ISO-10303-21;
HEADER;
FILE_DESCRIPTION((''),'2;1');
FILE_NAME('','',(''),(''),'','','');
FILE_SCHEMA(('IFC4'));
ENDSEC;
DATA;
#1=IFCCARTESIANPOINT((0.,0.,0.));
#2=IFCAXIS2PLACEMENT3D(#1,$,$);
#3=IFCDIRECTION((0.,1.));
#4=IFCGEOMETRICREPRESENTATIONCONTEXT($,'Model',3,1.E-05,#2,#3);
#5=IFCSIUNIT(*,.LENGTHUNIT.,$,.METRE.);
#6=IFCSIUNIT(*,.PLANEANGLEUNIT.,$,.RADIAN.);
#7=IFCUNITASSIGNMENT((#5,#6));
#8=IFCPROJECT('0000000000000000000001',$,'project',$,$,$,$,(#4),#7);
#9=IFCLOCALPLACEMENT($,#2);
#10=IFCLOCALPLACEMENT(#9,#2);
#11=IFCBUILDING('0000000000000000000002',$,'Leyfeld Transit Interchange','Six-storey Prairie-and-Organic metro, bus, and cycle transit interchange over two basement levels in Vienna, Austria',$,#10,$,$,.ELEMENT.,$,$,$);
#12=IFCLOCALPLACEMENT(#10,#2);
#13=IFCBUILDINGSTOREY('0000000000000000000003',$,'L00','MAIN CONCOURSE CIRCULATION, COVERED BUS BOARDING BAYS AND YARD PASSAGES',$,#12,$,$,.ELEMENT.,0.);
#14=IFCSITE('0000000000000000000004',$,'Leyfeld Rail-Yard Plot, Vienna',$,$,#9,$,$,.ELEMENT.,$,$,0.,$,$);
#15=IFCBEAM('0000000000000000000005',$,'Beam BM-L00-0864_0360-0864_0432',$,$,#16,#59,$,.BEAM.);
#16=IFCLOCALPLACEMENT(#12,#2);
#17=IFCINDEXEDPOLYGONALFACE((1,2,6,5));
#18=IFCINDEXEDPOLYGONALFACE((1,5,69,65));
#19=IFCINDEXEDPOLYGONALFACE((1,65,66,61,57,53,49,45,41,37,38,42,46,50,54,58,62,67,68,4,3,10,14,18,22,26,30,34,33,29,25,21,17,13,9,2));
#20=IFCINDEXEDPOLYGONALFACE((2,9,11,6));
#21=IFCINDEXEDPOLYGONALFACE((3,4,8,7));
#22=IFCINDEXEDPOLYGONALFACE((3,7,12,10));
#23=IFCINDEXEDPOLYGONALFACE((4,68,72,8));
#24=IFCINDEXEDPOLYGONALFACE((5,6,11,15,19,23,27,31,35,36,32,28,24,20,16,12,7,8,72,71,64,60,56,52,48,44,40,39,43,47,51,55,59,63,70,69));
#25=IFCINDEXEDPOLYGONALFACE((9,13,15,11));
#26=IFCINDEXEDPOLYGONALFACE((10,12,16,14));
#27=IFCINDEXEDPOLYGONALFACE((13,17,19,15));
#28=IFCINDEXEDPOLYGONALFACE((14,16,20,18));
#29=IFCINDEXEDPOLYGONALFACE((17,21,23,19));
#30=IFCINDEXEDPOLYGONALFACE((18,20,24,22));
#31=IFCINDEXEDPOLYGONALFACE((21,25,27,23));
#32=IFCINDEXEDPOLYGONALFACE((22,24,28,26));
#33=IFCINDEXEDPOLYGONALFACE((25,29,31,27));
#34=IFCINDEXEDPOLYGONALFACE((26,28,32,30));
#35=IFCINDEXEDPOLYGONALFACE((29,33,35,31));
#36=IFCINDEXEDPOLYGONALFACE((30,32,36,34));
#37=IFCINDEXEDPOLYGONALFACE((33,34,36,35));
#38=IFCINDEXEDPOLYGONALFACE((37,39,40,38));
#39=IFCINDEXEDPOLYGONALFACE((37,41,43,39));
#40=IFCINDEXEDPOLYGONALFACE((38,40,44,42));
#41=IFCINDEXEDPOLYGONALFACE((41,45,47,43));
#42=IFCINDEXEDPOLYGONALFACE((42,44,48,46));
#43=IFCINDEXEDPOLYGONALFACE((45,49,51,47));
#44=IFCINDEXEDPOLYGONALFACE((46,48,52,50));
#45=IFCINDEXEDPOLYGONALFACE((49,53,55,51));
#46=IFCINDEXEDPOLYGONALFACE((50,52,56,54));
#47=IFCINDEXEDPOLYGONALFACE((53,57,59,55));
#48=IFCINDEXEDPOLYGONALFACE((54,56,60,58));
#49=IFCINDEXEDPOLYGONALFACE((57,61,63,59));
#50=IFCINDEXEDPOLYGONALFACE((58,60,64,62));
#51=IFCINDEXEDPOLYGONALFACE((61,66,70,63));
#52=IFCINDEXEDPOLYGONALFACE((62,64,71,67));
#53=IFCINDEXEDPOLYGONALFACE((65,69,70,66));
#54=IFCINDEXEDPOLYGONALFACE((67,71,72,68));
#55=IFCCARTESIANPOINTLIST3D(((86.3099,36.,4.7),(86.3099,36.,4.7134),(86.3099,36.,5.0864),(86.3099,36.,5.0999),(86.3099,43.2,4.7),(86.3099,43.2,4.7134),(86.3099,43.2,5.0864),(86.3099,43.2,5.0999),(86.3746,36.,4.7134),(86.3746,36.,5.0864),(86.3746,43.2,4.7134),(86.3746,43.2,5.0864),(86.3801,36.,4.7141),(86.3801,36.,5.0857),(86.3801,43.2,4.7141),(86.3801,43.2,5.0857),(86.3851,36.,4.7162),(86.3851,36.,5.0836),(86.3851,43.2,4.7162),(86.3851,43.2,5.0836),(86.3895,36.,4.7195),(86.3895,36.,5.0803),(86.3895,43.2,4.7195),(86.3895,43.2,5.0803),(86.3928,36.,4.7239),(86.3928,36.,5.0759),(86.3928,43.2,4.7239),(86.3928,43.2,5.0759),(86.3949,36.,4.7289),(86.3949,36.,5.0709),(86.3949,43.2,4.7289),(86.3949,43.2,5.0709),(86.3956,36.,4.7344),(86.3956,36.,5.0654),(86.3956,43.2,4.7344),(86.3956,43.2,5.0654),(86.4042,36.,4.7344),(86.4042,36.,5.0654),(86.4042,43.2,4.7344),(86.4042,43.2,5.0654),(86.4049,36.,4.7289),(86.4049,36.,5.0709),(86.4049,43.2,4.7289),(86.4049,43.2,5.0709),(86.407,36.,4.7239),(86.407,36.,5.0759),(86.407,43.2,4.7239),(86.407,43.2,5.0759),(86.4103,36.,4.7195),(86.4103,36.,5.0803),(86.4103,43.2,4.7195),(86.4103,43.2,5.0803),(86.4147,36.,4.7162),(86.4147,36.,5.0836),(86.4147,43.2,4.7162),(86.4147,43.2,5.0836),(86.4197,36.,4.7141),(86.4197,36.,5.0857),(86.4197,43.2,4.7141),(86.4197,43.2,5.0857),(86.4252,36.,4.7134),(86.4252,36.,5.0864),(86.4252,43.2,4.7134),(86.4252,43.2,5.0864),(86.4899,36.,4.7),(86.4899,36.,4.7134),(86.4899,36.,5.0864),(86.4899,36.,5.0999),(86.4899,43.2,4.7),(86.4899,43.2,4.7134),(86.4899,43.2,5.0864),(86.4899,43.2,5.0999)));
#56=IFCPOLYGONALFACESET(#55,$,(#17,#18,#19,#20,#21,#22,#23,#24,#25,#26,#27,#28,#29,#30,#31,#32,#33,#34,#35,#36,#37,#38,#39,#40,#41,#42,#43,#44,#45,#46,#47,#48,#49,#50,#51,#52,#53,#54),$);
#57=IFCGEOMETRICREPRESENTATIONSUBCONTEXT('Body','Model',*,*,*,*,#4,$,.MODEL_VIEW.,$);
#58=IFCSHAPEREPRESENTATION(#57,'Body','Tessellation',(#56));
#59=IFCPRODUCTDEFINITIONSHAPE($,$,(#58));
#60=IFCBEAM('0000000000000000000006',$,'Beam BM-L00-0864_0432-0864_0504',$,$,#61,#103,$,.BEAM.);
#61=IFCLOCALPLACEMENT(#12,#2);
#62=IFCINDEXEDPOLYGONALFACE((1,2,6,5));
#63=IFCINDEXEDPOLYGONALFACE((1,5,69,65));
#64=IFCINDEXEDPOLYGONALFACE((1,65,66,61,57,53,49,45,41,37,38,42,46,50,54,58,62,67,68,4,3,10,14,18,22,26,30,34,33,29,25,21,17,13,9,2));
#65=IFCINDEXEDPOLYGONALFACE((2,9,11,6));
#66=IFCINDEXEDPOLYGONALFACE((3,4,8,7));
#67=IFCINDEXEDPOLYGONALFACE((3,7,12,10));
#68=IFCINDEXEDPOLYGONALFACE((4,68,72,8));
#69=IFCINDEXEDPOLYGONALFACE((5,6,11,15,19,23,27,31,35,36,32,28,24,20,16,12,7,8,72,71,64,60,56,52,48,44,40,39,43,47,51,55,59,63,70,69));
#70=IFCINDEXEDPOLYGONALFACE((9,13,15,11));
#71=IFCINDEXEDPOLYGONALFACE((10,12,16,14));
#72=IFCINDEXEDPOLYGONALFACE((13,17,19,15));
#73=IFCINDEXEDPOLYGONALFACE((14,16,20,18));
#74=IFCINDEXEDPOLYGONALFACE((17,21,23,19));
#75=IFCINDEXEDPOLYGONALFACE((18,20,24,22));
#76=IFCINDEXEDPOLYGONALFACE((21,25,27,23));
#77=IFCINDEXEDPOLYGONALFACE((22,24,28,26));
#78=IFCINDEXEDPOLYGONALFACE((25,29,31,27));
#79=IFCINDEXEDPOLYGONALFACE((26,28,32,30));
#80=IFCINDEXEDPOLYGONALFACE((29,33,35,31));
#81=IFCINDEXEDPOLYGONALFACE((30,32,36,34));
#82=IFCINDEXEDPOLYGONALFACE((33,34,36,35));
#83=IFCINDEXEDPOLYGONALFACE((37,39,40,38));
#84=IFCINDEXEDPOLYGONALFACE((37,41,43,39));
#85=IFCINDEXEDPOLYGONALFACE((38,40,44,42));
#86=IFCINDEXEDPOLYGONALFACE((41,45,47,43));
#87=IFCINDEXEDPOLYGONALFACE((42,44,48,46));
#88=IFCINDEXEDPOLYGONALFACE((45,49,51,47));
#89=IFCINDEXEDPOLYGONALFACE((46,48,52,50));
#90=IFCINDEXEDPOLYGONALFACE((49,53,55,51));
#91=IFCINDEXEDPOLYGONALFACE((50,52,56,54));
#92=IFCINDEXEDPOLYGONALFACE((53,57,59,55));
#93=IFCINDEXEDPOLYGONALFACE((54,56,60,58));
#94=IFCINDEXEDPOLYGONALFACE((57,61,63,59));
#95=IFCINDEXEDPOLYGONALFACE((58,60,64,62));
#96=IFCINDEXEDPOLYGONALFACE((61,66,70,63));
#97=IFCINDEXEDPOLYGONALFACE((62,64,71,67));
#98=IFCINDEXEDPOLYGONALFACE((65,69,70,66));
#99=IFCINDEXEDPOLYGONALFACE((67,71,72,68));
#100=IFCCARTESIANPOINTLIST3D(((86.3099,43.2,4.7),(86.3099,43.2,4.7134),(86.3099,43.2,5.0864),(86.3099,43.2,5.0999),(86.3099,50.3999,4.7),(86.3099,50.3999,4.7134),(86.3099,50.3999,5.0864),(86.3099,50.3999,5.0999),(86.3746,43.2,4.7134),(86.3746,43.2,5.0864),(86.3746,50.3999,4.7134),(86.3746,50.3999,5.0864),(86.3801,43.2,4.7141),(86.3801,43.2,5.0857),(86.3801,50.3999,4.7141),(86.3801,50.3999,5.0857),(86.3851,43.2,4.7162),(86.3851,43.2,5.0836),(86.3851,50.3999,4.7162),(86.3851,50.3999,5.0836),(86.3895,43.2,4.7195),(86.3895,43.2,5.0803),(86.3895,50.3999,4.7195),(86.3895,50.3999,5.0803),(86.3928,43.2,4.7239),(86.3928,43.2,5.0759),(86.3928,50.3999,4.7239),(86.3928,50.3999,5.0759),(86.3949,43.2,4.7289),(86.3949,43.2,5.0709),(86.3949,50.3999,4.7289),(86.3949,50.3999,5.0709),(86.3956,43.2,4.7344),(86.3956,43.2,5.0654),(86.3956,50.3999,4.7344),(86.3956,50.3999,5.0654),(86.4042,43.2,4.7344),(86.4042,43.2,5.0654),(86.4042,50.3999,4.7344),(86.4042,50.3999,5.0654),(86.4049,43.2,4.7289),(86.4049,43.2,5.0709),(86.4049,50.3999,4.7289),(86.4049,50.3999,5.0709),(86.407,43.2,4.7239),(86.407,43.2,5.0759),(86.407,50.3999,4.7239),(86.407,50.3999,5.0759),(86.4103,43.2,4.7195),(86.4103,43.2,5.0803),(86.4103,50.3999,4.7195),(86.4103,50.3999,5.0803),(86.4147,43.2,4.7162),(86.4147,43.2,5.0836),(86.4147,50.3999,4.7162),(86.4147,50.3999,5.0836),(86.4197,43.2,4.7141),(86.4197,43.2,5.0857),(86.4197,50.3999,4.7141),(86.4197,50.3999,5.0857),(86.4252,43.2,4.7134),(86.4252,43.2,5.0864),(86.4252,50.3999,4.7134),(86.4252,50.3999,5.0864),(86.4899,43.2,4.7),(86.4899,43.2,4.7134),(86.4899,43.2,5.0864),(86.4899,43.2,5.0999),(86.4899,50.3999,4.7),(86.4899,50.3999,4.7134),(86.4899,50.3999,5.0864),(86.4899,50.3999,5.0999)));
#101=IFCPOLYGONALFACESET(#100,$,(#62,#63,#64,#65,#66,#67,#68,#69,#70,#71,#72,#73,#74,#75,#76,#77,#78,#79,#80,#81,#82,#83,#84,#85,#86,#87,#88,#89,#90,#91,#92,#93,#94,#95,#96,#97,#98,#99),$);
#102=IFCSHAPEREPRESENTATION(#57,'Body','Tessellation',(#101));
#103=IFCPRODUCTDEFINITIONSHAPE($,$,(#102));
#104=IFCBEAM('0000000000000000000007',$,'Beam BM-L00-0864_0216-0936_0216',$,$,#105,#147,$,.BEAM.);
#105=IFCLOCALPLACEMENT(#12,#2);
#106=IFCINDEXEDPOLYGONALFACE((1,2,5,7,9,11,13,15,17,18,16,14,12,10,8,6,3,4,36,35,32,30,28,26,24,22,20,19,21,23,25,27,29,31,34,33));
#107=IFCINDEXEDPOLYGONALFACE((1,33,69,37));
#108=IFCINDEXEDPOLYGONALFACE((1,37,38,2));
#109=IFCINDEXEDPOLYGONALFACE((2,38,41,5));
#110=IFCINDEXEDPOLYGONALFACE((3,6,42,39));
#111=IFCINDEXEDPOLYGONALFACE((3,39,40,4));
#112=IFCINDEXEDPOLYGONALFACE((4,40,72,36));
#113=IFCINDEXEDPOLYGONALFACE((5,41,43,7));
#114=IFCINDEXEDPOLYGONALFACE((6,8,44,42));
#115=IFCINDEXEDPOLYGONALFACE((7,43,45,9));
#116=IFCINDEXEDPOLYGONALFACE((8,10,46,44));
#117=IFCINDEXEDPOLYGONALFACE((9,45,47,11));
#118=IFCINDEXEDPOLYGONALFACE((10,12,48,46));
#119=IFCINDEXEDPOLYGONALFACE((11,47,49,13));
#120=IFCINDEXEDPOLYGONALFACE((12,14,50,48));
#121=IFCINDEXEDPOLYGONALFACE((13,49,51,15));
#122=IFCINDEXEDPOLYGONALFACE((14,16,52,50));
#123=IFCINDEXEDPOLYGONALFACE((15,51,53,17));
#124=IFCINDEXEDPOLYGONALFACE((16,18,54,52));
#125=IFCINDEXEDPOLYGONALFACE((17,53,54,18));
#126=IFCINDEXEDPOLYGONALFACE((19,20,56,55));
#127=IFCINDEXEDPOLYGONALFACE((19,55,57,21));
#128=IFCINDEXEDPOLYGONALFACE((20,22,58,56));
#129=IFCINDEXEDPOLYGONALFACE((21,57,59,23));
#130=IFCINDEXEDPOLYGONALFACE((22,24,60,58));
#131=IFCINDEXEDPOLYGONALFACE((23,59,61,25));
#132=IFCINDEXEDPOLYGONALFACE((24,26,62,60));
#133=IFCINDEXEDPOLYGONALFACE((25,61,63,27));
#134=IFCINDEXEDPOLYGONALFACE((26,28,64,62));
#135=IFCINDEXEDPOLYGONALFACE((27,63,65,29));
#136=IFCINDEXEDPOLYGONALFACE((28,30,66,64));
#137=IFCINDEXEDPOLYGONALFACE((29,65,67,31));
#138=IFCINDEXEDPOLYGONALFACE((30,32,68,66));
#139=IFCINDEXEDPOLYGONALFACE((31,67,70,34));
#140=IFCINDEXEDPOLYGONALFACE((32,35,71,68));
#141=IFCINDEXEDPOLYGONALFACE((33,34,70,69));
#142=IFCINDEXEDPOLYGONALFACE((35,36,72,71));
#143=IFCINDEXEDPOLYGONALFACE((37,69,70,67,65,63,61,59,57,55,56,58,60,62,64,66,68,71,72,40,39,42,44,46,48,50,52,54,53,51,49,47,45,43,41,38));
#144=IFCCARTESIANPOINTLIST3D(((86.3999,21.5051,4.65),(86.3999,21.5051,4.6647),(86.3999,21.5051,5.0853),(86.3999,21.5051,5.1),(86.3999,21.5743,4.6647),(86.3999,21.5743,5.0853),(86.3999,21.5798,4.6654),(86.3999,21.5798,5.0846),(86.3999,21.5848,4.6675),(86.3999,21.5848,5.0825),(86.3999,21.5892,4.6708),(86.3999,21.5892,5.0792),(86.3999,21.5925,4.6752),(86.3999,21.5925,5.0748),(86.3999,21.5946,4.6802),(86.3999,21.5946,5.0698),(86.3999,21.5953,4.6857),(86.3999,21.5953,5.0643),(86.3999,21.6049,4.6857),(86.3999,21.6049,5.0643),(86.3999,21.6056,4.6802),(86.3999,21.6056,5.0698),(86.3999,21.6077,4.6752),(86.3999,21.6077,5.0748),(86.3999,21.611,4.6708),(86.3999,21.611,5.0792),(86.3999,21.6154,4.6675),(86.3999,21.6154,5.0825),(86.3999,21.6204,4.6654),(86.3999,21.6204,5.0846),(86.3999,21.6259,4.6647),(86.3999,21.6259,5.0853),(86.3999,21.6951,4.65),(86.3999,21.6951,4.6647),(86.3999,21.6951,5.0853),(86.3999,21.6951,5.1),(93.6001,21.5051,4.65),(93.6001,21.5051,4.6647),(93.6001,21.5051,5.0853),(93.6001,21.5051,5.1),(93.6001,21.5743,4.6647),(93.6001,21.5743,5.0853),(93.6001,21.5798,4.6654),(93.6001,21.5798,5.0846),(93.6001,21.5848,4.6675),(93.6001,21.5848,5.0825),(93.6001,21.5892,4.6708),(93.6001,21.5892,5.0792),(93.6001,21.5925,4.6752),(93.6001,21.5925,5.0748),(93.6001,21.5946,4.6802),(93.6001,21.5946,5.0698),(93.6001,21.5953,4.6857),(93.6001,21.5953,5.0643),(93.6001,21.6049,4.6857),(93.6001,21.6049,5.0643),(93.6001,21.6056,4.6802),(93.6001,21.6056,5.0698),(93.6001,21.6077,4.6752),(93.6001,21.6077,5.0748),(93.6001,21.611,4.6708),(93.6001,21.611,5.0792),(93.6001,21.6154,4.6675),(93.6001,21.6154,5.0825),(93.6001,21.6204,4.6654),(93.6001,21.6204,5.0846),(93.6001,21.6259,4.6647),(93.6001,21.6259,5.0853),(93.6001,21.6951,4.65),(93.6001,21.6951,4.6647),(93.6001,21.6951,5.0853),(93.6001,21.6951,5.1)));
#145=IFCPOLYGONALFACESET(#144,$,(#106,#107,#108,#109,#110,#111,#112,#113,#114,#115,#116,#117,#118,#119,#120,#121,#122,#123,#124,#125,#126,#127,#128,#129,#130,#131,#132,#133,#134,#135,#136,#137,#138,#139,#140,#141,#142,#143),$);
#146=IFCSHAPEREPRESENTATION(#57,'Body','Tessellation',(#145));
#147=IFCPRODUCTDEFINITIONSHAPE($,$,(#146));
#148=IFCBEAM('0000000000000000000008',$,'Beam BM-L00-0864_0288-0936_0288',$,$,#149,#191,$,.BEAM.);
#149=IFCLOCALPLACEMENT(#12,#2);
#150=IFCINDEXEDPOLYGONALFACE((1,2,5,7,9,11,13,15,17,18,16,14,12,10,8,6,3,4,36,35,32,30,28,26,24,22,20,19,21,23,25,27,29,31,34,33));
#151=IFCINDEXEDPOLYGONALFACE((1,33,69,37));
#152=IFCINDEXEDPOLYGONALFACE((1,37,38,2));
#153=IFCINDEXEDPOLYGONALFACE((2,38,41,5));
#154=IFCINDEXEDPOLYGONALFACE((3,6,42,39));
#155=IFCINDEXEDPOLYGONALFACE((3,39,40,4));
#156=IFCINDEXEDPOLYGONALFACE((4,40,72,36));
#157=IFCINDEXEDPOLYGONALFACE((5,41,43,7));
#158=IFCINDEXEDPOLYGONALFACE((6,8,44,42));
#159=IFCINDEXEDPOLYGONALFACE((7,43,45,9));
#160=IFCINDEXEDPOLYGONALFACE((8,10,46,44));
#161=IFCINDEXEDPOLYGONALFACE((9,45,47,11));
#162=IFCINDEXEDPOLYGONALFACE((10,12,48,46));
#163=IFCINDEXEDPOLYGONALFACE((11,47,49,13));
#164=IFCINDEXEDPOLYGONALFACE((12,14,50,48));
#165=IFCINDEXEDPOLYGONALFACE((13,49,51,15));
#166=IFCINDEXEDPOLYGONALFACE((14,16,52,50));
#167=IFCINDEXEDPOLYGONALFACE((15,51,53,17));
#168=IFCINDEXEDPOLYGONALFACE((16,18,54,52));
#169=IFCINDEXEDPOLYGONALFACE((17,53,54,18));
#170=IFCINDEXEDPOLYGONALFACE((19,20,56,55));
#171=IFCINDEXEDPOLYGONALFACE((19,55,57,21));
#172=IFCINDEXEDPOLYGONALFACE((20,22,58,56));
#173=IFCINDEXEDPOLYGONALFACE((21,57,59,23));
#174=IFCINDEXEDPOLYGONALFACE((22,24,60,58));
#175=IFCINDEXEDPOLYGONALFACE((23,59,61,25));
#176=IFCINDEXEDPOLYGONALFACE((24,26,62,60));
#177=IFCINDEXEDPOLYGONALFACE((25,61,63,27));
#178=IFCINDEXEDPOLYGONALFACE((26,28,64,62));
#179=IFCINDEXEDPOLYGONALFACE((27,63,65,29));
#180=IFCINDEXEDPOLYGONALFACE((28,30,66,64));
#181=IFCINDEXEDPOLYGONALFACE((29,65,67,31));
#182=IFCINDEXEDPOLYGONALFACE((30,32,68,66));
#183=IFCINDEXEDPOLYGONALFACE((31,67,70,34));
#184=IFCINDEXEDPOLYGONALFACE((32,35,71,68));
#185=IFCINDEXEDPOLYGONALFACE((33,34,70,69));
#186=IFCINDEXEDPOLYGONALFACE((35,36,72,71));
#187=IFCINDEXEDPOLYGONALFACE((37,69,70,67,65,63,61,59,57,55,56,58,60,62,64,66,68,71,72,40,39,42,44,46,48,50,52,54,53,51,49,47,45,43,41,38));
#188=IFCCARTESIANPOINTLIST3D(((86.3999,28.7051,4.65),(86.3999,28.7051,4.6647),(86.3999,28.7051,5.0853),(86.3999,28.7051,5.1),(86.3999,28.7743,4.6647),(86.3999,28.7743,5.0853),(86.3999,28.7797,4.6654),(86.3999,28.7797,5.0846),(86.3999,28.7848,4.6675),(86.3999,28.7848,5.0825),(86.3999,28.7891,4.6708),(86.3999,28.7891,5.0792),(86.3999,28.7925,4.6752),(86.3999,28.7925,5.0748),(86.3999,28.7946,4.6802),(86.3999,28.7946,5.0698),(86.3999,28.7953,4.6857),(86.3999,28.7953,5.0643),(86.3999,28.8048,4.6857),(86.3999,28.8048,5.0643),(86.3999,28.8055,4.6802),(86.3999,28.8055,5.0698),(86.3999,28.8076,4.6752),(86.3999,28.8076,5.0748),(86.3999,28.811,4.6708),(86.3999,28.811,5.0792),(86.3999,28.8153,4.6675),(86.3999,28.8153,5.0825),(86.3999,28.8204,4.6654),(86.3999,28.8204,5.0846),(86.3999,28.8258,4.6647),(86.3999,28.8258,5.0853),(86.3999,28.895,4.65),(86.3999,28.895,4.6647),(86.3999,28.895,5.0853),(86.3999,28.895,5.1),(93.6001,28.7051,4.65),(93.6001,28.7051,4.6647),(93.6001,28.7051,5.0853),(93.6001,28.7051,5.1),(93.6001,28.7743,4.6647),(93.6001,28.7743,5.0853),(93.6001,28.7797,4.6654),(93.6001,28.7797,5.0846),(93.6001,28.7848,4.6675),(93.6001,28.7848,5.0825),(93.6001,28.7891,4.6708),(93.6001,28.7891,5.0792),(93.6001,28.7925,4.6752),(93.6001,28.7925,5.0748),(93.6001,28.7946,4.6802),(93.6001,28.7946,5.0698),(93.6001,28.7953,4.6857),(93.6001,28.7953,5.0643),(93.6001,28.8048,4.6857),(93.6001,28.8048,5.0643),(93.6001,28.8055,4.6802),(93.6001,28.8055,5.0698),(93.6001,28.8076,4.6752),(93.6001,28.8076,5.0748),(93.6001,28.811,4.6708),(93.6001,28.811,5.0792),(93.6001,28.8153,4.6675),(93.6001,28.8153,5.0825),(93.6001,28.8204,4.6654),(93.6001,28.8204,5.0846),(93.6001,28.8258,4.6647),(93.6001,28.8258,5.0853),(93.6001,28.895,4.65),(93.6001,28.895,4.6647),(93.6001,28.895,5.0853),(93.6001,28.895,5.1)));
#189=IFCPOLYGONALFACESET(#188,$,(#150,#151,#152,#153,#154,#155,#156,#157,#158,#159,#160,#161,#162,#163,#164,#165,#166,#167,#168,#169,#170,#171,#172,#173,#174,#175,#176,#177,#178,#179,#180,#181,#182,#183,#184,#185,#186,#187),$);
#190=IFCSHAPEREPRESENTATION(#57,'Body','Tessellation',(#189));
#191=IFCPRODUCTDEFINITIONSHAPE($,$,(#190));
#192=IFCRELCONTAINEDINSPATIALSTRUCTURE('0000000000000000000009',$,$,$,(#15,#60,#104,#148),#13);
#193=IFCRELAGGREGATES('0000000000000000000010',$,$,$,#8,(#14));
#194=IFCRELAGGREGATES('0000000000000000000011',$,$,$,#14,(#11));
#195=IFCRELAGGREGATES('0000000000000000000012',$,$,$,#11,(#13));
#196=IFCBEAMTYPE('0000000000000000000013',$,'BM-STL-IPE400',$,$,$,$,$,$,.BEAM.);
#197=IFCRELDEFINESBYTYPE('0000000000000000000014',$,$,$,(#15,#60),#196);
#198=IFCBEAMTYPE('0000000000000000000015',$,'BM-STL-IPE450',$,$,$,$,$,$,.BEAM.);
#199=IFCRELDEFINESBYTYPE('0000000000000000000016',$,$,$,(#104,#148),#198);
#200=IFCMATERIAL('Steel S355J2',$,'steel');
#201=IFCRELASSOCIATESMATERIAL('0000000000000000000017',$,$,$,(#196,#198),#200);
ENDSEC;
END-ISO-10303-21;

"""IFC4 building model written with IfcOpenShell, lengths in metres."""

from ifc_helpers import new_model, si_unit, direction, frame, origin, origin_2d, place, context, subcontext, project, spatial, i_section, extrude, material, material_profile, profile_set, type_object, element, save


model = new_model("IFC4")

# Units and contexts
model_context = context("Model", 3, precision=1e-05, world=origin(), true_north=direction((0.0, 1.0)))
body_context = subcontext(model_context, "Body", "Model", "MODEL_VIEW")
ifc_project = project(units=[si_unit("LENGTHUNIT", "METRE"), si_unit("PLANEANGLEUNIT", "RADIAN")], contexts=[model_context])

# Site, building, storey
site_placement = place(None, origin())
site = spatial("IfcSite", under=ifc_project, at=site_placement, Name="Leyfeld Rail-Yard Plot, Vienna", CompositionType="ELEMENT", RefElevation=0.0)
building_placement = place(site_placement, origin())
building = spatial("IfcBuilding", under=site, at=building_placement, Name="Leyfeld Transit Interchange", Description="Six-storey Prairie-and-Organic metro, bus, and cycle transit interchange over two basement levels in Vienna, Austria", CompositionType="ELEMENT")
storey_placement = place(building_placement, origin())
storey = spatial("IfcBuildingStorey", under=building, at=storey_placement, Name="L00", Description="MAIN CONCOURSE CIRCULATION, COVERED BUS BOARDING BAYS AND YARD PASSAGES", CompositionType="ELEMENT", Elevation=0.0)

# Shared definitions
ifc_material_1 = material(Name="Steel S355J2", Category="steel")

# Beams
ifc_material_profile_1 = material_profile(ifc_material_1, i_section(OverallWidth=0.1799, OverallDepth=0.3999, WebThickness=0.0085, FlangeThickness=0.0134, FilletRadius=0.021, at=origin_2d()), Name="IPE 400")
ifc_profile_set_1 = profile_set([ifc_material_profile_1], Name="Steel S355J2")
beam_type_1 = type_object("IfcBeamType", Name="BM-STL-IPE400", PredefinedType="BEAM", material=ifc_profile_set_1)
for number, where, z_axis, x_axis, name in (
    (1, (86.3999, 36.0, 4.8999), (0.0, 1.0, 0.0), (-1.0, 0.0, 0.0), "Beam BM-L00-0864_0360-0864_0432"),
    (2, (86.3999, 43.2, 4.8999), (0.0, 1.0, 0.0), (-1.0, 0.0, 0.0), "Beam BM-L00-0864_0432-0864_0504"),
):
    element("IfcBeam", number, at=place(storey_placement, frame(where, z_axis=z_axis, x_axis=x_axis)), inside=storey, type_object=beam_type_1, Name=name, PredefinedType="BEAM", context=body_context, shape_type="SweptSolid", body=[
        extrude(i_section(OverallWidth=0.1799, OverallDepth=0.3999, WebThickness=0.0085, FlangeThickness=0.0134, FilletRadius=0.021, at=origin_2d()), origin(), (0.0, 0.0, 1.0), 7.2),
    ])
ifc_material_profile_2 = material_profile(ifc_material_1, i_section(OverallWidth=0.1899, OverallDepth=0.45, WebThickness=0.0095, FlangeThickness=0.0146, FilletRadius=0.021, at=origin_2d()), Name="IPE 450")
ifc_profile_set_2 = profile_set([ifc_material_profile_2], Name="Steel S355J2")
beam_type_2 = type_object("IfcBeamType", Name="BM-STL-IPE450", PredefinedType="BEAM", material=ifc_profile_set_2)
for number, where, z_axis, x_axis, name in (
    (3, (86.3999, 21.6001, 4.875), (1.0, 0.0, 0.0), (0.0, 1.0, 0.0), "Beam BM-L00-0864_0216-0936_0216"),
    (4, (86.3999, 28.8, 4.875), (1.0, 0.0, 0.0), (0.0, 1.0, 0.0), "Beam BM-L00-0864_0288-0936_0288"),
):
    element("IfcBeam", number, at=place(storey_placement, frame(where, z_axis=z_axis, x_axis=x_axis)), inside=storey, type_object=beam_type_2, Name=name, PredefinedType="BEAM", context=body_context, shape_type="SweptSolid", body=[
        extrude(i_section(OverallWidth=0.1899, OverallDepth=0.45, WebThickness=0.0095, FlangeThickness=0.0146, FilletRadius=0.021, at=origin_2d()), origin(), (0.0, 0.0, 1.0), 7.2002),
    ])

save(model, "model.ifc")
